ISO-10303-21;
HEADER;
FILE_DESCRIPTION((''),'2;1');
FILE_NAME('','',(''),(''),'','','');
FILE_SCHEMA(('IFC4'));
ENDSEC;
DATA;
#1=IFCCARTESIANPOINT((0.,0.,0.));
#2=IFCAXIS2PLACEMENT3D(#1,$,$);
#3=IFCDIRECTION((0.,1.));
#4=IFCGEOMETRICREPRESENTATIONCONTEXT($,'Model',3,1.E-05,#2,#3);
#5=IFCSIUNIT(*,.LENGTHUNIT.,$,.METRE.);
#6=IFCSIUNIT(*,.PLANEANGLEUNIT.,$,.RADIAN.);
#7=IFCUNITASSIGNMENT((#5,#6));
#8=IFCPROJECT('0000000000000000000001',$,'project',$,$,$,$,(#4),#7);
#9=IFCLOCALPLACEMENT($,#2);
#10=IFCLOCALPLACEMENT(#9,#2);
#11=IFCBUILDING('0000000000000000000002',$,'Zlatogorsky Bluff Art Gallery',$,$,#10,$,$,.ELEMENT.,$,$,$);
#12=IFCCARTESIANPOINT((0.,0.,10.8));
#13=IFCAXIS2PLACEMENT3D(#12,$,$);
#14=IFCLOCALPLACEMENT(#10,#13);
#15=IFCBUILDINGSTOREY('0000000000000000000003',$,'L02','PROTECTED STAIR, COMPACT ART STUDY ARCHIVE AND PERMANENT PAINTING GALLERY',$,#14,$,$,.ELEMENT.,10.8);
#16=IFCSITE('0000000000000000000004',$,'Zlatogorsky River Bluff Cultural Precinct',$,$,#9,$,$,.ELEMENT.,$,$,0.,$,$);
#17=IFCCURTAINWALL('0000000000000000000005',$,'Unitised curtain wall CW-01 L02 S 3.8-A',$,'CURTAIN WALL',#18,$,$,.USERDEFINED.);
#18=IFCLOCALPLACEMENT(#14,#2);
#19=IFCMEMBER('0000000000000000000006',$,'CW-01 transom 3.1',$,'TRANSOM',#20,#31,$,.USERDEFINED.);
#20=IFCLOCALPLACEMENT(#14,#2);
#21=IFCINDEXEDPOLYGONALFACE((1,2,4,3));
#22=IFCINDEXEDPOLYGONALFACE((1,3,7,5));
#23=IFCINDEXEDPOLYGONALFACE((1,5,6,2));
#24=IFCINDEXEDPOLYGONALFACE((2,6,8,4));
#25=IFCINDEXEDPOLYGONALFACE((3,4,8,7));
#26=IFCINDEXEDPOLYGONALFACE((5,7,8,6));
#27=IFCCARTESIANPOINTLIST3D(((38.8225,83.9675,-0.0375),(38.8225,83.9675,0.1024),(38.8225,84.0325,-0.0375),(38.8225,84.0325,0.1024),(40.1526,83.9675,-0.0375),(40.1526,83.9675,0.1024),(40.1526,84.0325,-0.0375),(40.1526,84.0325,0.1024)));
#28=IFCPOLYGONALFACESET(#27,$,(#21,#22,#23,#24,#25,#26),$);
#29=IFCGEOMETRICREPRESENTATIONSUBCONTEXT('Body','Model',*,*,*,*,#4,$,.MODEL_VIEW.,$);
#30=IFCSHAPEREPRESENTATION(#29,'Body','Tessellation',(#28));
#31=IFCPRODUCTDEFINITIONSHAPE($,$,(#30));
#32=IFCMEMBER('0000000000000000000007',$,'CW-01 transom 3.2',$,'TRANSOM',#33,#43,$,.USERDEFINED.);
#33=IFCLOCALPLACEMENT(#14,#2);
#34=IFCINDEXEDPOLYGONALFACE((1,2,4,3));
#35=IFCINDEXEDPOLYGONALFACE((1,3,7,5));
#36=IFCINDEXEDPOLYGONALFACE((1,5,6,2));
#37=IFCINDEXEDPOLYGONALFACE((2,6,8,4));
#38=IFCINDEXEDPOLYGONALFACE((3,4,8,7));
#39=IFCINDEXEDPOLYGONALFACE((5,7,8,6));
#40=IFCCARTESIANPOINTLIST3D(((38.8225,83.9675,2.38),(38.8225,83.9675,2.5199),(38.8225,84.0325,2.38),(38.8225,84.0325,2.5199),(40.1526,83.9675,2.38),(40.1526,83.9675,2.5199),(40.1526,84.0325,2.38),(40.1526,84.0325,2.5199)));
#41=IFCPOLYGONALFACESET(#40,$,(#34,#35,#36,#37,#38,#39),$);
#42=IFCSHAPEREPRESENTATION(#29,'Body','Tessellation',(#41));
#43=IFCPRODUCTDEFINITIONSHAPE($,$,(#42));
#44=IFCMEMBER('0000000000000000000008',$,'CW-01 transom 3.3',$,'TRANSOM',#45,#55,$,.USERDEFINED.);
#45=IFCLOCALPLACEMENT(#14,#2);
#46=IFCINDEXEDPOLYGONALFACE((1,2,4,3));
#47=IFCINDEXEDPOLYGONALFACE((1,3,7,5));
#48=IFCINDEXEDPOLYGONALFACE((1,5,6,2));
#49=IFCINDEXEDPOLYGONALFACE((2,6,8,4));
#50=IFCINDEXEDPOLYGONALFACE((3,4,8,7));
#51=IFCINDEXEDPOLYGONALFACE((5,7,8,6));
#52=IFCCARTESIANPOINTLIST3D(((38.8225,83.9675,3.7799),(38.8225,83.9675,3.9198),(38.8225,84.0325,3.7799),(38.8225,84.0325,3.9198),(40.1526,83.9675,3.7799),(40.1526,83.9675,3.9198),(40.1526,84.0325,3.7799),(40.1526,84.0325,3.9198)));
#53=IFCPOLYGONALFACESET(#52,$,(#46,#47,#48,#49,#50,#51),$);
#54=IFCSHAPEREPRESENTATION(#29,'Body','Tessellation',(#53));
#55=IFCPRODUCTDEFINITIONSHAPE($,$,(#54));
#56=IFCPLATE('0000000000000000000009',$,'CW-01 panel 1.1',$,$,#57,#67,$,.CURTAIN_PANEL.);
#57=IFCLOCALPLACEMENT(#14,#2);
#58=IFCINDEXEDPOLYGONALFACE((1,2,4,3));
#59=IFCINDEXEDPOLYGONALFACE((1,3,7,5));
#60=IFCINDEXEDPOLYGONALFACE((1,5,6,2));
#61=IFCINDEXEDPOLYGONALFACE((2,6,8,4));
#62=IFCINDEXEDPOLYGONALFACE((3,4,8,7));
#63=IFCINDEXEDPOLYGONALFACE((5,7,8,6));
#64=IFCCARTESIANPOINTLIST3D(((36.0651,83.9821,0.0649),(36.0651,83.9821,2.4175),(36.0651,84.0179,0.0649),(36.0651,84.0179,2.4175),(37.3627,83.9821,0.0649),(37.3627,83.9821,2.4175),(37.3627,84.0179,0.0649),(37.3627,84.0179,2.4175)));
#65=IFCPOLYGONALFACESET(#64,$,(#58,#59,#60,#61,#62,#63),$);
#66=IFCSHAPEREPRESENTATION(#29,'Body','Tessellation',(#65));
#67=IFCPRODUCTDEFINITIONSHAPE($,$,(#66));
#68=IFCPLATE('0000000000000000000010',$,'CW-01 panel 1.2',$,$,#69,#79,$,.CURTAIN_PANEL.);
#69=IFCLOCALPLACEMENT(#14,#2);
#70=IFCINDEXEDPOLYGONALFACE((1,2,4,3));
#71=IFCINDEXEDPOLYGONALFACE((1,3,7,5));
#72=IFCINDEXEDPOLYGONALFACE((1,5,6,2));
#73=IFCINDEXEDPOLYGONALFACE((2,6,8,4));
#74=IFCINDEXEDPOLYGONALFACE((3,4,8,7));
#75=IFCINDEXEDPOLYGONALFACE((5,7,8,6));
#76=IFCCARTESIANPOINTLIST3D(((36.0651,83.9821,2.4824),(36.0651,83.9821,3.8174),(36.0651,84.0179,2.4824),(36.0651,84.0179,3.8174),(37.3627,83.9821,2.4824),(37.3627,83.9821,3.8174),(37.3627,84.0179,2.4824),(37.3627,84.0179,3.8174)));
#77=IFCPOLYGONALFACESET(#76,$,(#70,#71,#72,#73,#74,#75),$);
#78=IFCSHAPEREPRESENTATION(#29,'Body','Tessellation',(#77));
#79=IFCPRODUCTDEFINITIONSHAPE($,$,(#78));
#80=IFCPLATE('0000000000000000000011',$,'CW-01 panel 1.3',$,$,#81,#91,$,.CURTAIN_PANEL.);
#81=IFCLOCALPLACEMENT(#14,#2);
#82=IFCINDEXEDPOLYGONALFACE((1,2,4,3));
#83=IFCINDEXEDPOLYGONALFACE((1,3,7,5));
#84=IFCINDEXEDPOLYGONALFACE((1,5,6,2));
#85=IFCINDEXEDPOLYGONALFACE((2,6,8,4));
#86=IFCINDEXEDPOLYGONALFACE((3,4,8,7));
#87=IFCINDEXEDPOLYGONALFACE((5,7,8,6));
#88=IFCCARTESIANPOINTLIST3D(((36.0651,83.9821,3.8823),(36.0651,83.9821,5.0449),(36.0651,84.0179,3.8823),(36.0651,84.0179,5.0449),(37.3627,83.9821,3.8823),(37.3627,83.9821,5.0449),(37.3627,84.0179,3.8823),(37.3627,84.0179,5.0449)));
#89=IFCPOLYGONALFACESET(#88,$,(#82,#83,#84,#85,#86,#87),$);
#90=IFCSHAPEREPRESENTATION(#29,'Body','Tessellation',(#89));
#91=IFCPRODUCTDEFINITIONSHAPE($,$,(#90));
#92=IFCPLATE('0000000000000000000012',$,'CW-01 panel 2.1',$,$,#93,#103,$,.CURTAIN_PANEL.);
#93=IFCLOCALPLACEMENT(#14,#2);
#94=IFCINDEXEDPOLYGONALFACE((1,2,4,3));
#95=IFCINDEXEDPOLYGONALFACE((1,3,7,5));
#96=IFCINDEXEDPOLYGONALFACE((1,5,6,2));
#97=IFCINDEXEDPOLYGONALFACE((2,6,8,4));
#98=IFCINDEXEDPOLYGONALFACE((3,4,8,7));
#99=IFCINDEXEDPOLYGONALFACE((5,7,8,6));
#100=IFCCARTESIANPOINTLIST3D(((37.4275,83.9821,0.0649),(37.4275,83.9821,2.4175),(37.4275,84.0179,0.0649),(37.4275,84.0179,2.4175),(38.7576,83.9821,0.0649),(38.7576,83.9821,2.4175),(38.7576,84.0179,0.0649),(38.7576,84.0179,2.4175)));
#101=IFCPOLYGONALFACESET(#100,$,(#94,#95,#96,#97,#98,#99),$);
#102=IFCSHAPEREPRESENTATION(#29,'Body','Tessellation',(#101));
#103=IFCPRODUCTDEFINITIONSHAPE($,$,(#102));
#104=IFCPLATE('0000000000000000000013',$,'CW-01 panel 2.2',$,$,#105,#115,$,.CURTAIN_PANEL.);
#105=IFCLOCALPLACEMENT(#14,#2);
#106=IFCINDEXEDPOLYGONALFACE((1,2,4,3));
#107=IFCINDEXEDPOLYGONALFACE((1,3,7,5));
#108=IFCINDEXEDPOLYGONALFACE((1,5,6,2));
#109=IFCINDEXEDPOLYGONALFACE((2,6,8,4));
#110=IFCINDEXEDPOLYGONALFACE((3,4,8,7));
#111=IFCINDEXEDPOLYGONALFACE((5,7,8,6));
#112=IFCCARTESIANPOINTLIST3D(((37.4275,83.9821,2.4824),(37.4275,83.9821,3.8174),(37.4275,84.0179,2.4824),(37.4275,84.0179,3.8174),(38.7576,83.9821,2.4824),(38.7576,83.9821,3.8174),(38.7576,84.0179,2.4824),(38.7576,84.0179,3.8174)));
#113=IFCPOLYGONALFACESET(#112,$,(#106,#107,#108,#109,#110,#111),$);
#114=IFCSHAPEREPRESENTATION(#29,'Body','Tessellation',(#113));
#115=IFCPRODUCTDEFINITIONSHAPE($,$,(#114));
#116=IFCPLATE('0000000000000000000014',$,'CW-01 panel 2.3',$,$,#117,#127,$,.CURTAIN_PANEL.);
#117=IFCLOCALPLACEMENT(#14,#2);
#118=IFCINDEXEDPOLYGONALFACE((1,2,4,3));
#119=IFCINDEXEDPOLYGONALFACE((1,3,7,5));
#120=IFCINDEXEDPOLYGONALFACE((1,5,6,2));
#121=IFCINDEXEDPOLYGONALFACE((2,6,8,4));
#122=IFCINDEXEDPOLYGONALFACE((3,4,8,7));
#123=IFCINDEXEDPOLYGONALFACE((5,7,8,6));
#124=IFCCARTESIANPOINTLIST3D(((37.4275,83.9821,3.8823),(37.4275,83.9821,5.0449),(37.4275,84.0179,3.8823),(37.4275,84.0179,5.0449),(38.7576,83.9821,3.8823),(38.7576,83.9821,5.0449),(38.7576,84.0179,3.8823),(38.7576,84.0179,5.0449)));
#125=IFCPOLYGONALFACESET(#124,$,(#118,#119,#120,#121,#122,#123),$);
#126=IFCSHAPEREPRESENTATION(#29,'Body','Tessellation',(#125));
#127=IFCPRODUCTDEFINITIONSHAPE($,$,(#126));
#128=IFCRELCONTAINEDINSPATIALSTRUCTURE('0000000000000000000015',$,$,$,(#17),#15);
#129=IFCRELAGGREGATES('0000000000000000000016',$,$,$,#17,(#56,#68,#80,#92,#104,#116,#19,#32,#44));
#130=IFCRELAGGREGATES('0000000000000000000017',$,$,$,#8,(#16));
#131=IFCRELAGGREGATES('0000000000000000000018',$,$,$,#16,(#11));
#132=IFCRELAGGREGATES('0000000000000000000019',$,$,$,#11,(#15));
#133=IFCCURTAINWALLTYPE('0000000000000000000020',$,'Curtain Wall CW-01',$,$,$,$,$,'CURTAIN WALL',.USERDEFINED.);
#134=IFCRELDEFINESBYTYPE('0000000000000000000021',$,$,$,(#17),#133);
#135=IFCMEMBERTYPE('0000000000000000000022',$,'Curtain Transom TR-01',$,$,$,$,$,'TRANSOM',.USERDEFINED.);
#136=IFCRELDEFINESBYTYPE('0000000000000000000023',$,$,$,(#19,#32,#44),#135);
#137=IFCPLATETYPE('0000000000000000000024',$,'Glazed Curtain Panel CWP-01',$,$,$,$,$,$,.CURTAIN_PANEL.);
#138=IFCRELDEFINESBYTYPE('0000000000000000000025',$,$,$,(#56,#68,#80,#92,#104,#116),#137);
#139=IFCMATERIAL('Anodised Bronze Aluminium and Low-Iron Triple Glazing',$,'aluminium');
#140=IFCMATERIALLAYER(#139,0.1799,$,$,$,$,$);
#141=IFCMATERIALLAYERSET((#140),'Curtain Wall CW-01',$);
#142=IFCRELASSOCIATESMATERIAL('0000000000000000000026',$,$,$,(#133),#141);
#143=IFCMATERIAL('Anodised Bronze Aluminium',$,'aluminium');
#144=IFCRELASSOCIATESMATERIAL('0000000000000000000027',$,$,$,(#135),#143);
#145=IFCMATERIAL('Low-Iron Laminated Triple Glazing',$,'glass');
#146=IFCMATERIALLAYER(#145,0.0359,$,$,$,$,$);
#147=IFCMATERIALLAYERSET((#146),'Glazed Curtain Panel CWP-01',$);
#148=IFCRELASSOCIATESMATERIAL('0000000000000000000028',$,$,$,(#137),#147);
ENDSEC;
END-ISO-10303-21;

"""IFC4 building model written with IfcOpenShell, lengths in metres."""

from ifc_helpers import new_model, si_unit, direction, frame, origin, origin_2d, place, context, subcontext, project, spatial, rectangle, extrude, material, layer, layer_set, material_profile, profile_set, type_object, element, aggregate, save


model = new_model("IFC4")

# Units and contexts
model_context = context("Model", 3, precision=1e-05, world=origin(), true_north=direction((0.0, 1.0)))
body_context = subcontext(model_context, "Body", "Model", "MODEL_VIEW")
ifc_project = project(units=[si_unit("LENGTHUNIT", "METRE"), si_unit("PLANEANGLEUNIT", "RADIAN")], contexts=[model_context])

# Site, building, storey
site_placement = place(None, origin())
site = spatial("IfcSite", under=ifc_project, at=site_placement, Name="Zlatogorsky River Bluff Cultural Precinct", CompositionType="ELEMENT", RefElevation=0.0)
building_placement = place(site_placement, origin())
building = spatial("IfcBuilding", under=site, at=building_placement, Name="Zlatogorsky Bluff Art Gallery", CompositionType="ELEMENT")
storey_placement = place(building_placement, frame((0.0, 0.0, 10.8)))
storey = spatial("IfcBuildingStorey", under=building, at=storey_placement, Name="L02", Description="PROTECTED STAIR, COMPACT ART STUDY ARCHIVE AND PERMANENT PAINTING GALLERY", CompositionType="ELEMENT", Elevation=10.8)

# Curtain wall, members, plates
ifc_material_1 = material(Name="Anodised Bronze Aluminium and Low-Iron Triple Glazing", Category="aluminium")
ifc_layer_1 = layer(ifc_material_1, 0.1799)
ifc_layer_set_1 = layer_set([ifc_layer_1], Name="Curtain Wall CW-01")
curtain_wall_type = type_object("IfcCurtainWallType", Name="Curtain Wall CW-01", ElementType="CURTAIN WALL", PredefinedType="USERDEFINED", material=ifc_layer_set_1)
curtain_wall_placement = place(storey_placement, origin())
curtain_wall = element("IfcCurtainWall", 1, at=curtain_wall_placement, inside=storey, type_object=curtain_wall_type, Name="Unitised curtain wall CW-01 L02 S 3.8-A", ObjectType="CURTAIN WALL", PredefinedType="USERDEFINED")
ifc_material_2 = material(Name="Anodised Bronze Aluminium", Category="aluminium")
ifc_material_profile_1 = material_profile(ifc_material_2, rectangle(XDim=0.0649, YDim=0.1399, at=origin_2d()), Name="ALU TRANSOM 65x140")
ifc_profile_set_1 = profile_set([ifc_material_profile_1], Name="Anodised Bronze Aluminium")
member_type_1 = type_object("IfcMemberType", Name="Curtain Transom TR-01", ElementType="TRANSOM", PredefinedType="USERDEFINED", material=ifc_profile_set_1)
member_1_placement = place(storey_placement, frame((38.8225, 84.0, 0.0325), z_axis=(1.0, 0.0, 0.0), x_axis=(0.0, 1.0, 0.0)))
member_1 = element("IfcMember", 2, at=member_1_placement, type_object=member_type_1, Name="CW-01 transom 3.1", ObjectType="TRANSOM", PredefinedType="USERDEFINED", context=body_context, shape_type="SweptSolid", body=[
    extrude(rectangle(XDim=0.0649, YDim=0.1399, at=origin_2d()), origin(), (0.0, 0.0, 1.0), 1.3301),
])
member_2_placement = place(storey_placement, frame((38.8225, 84.0, 2.45), z_axis=(1.0, 0.0, 0.0), x_axis=(0.0, 1.0, 0.0)))
member_2 = element("IfcMember", 3, at=member_2_placement, type_object=member_type_1, Name="CW-01 transom 3.2", ObjectType="TRANSOM", PredefinedType="USERDEFINED", context=body_context, shape_type="SweptSolid", body=[
    extrude(rectangle(XDim=0.0649, YDim=0.1399, at=origin_2d()), origin(), (0.0, 0.0, 1.0), 1.3301),
])
member_3_placement = place(storey_placement, frame((38.8225, 84.0, 3.8499), z_axis=(1.0, 0.0, 0.0), x_axis=(0.0, 1.0, 0.0)))
member_3 = element("IfcMember", 4, at=member_3_placement, type_object=member_type_1, Name="CW-01 transom 3.3", ObjectType="TRANSOM", PredefinedType="USERDEFINED", context=body_context, shape_type="SweptSolid", body=[
    extrude(rectangle(XDim=0.0649, YDim=0.1399, at=origin_2d()), origin(), (0.0, 0.0, 1.0), 1.3301),
])
ifc_material_3 = material(Name="Low-Iron Laminated Triple Glazing", Category="glass")
ifc_layer_2 = layer(ifc_material_3, 0.0359)
ifc_layer_set_2 = layer_set([ifc_layer_2], Name="Glazed Curtain Panel CWP-01")
plate_type = type_object("IfcPlateType", Name="Glazed Curtain Panel CWP-01", PredefinedType="CURTAIN_PANEL", material=ifc_layer_set_2)
plate_1_placement = place(storey_placement, frame((36.7139, 84.0, 0.0649), z_axis=(0.0, 0.0, 1.0), x_axis=(1.0, 0.0, 0.0)))
plate_1 = element("IfcPlate", 5, at=plate_1_placement, type_object=plate_type, Name="CW-01 panel 1.1", PredefinedType="CURTAIN_PANEL", context=body_context, shape_type="SweptSolid", body=[
    extrude(rectangle(XDim=1.2976, YDim=0.0359, at=origin_2d()), origin(), (0.0, 0.0, 1.0), 2.3525),
])
plate_2_placement = place(storey_placement, frame((36.7139, 84.0, 2.4824), z_axis=(0.0, 0.0, 1.0), x_axis=(1.0, 0.0, 0.0)))
plate_2 = element("IfcPlate", 6, at=plate_2_placement, type_object=plate_type, Name="CW-01 panel 1.2", PredefinedType="CURTAIN_PANEL", context=body_context, shape_type="SweptSolid", body=[
    extrude(rectangle(XDim=1.2976, YDim=0.0359, at=origin_2d()), origin(), (0.0, 0.0, 1.0), 1.335),
])
plate_3_placement = place(storey_placement, frame((36.7139, 84.0, 3.8823), z_axis=(0.0, 0.0, 1.0), x_axis=(1.0, 0.0, 0.0)))
plate_3 = element("IfcPlate", 7, at=plate_3_placement, type_object=plate_type, Name="CW-01 panel 1.3", PredefinedType="CURTAIN_PANEL", context=body_context, shape_type="SweptSolid", body=[
    extrude(rectangle(XDim=1.2976, YDim=0.0359, at=origin_2d()), origin(), (0.0, 0.0, 1.0), 1.1626),
])
plate_4_placement = place(storey_placement, frame((38.0925, 84.0, 0.0649), z_axis=(0.0, 0.0, 1.0), x_axis=(1.0, 0.0, 0.0)))
plate_4 = element("IfcPlate", 8, at=plate_4_placement, type_object=plate_type, Name="CW-01 panel 2.1", PredefinedType="CURTAIN_PANEL", context=body_context, shape_type="SweptSolid", body=[
    extrude(rectangle(XDim=1.3301, YDim=0.0359, at=origin_2d()), origin(), (0.0, 0.0, 1.0), 2.3525),
])
plate_5_placement = place(storey_placement, frame((38.0925, 84.0, 2.4824), z_axis=(0.0, 0.0, 1.0), x_axis=(1.0, 0.0, 0.0)))
plate_5 = element("IfcPlate", 9, at=plate_5_placement, type_object=plate_type, Name="CW-01 panel 2.2", PredefinedType="CURTAIN_PANEL", context=body_context, shape_type="SweptSolid", body=[
    extrude(rectangle(XDim=1.3301, YDim=0.0359, at=origin_2d()), origin(), (0.0, 0.0, 1.0), 1.335),
])
plate_6_placement = place(storey_placement, frame((38.0925, 84.0, 3.8823), z_axis=(0.0, 0.0, 1.0), x_axis=(1.0, 0.0, 0.0)))
plate_6 = element("IfcPlate", 10, at=plate_6_placement, type_object=plate_type, Name="CW-01 panel 2.3", PredefinedType="CURTAIN_PANEL", context=body_context, shape_type="SweptSolid", body=[
    extrude(rectangle(XDim=1.3301, YDim=0.0359, at=origin_2d()), origin(), (0.0, 0.0, 1.0), 1.1626),
])
aggregate(curtain_wall, [plate_1, plate_2, plate_3, plate_4, plate_5, plate_6, member_1, member_2, member_3])

save(model, "model.ifc")
